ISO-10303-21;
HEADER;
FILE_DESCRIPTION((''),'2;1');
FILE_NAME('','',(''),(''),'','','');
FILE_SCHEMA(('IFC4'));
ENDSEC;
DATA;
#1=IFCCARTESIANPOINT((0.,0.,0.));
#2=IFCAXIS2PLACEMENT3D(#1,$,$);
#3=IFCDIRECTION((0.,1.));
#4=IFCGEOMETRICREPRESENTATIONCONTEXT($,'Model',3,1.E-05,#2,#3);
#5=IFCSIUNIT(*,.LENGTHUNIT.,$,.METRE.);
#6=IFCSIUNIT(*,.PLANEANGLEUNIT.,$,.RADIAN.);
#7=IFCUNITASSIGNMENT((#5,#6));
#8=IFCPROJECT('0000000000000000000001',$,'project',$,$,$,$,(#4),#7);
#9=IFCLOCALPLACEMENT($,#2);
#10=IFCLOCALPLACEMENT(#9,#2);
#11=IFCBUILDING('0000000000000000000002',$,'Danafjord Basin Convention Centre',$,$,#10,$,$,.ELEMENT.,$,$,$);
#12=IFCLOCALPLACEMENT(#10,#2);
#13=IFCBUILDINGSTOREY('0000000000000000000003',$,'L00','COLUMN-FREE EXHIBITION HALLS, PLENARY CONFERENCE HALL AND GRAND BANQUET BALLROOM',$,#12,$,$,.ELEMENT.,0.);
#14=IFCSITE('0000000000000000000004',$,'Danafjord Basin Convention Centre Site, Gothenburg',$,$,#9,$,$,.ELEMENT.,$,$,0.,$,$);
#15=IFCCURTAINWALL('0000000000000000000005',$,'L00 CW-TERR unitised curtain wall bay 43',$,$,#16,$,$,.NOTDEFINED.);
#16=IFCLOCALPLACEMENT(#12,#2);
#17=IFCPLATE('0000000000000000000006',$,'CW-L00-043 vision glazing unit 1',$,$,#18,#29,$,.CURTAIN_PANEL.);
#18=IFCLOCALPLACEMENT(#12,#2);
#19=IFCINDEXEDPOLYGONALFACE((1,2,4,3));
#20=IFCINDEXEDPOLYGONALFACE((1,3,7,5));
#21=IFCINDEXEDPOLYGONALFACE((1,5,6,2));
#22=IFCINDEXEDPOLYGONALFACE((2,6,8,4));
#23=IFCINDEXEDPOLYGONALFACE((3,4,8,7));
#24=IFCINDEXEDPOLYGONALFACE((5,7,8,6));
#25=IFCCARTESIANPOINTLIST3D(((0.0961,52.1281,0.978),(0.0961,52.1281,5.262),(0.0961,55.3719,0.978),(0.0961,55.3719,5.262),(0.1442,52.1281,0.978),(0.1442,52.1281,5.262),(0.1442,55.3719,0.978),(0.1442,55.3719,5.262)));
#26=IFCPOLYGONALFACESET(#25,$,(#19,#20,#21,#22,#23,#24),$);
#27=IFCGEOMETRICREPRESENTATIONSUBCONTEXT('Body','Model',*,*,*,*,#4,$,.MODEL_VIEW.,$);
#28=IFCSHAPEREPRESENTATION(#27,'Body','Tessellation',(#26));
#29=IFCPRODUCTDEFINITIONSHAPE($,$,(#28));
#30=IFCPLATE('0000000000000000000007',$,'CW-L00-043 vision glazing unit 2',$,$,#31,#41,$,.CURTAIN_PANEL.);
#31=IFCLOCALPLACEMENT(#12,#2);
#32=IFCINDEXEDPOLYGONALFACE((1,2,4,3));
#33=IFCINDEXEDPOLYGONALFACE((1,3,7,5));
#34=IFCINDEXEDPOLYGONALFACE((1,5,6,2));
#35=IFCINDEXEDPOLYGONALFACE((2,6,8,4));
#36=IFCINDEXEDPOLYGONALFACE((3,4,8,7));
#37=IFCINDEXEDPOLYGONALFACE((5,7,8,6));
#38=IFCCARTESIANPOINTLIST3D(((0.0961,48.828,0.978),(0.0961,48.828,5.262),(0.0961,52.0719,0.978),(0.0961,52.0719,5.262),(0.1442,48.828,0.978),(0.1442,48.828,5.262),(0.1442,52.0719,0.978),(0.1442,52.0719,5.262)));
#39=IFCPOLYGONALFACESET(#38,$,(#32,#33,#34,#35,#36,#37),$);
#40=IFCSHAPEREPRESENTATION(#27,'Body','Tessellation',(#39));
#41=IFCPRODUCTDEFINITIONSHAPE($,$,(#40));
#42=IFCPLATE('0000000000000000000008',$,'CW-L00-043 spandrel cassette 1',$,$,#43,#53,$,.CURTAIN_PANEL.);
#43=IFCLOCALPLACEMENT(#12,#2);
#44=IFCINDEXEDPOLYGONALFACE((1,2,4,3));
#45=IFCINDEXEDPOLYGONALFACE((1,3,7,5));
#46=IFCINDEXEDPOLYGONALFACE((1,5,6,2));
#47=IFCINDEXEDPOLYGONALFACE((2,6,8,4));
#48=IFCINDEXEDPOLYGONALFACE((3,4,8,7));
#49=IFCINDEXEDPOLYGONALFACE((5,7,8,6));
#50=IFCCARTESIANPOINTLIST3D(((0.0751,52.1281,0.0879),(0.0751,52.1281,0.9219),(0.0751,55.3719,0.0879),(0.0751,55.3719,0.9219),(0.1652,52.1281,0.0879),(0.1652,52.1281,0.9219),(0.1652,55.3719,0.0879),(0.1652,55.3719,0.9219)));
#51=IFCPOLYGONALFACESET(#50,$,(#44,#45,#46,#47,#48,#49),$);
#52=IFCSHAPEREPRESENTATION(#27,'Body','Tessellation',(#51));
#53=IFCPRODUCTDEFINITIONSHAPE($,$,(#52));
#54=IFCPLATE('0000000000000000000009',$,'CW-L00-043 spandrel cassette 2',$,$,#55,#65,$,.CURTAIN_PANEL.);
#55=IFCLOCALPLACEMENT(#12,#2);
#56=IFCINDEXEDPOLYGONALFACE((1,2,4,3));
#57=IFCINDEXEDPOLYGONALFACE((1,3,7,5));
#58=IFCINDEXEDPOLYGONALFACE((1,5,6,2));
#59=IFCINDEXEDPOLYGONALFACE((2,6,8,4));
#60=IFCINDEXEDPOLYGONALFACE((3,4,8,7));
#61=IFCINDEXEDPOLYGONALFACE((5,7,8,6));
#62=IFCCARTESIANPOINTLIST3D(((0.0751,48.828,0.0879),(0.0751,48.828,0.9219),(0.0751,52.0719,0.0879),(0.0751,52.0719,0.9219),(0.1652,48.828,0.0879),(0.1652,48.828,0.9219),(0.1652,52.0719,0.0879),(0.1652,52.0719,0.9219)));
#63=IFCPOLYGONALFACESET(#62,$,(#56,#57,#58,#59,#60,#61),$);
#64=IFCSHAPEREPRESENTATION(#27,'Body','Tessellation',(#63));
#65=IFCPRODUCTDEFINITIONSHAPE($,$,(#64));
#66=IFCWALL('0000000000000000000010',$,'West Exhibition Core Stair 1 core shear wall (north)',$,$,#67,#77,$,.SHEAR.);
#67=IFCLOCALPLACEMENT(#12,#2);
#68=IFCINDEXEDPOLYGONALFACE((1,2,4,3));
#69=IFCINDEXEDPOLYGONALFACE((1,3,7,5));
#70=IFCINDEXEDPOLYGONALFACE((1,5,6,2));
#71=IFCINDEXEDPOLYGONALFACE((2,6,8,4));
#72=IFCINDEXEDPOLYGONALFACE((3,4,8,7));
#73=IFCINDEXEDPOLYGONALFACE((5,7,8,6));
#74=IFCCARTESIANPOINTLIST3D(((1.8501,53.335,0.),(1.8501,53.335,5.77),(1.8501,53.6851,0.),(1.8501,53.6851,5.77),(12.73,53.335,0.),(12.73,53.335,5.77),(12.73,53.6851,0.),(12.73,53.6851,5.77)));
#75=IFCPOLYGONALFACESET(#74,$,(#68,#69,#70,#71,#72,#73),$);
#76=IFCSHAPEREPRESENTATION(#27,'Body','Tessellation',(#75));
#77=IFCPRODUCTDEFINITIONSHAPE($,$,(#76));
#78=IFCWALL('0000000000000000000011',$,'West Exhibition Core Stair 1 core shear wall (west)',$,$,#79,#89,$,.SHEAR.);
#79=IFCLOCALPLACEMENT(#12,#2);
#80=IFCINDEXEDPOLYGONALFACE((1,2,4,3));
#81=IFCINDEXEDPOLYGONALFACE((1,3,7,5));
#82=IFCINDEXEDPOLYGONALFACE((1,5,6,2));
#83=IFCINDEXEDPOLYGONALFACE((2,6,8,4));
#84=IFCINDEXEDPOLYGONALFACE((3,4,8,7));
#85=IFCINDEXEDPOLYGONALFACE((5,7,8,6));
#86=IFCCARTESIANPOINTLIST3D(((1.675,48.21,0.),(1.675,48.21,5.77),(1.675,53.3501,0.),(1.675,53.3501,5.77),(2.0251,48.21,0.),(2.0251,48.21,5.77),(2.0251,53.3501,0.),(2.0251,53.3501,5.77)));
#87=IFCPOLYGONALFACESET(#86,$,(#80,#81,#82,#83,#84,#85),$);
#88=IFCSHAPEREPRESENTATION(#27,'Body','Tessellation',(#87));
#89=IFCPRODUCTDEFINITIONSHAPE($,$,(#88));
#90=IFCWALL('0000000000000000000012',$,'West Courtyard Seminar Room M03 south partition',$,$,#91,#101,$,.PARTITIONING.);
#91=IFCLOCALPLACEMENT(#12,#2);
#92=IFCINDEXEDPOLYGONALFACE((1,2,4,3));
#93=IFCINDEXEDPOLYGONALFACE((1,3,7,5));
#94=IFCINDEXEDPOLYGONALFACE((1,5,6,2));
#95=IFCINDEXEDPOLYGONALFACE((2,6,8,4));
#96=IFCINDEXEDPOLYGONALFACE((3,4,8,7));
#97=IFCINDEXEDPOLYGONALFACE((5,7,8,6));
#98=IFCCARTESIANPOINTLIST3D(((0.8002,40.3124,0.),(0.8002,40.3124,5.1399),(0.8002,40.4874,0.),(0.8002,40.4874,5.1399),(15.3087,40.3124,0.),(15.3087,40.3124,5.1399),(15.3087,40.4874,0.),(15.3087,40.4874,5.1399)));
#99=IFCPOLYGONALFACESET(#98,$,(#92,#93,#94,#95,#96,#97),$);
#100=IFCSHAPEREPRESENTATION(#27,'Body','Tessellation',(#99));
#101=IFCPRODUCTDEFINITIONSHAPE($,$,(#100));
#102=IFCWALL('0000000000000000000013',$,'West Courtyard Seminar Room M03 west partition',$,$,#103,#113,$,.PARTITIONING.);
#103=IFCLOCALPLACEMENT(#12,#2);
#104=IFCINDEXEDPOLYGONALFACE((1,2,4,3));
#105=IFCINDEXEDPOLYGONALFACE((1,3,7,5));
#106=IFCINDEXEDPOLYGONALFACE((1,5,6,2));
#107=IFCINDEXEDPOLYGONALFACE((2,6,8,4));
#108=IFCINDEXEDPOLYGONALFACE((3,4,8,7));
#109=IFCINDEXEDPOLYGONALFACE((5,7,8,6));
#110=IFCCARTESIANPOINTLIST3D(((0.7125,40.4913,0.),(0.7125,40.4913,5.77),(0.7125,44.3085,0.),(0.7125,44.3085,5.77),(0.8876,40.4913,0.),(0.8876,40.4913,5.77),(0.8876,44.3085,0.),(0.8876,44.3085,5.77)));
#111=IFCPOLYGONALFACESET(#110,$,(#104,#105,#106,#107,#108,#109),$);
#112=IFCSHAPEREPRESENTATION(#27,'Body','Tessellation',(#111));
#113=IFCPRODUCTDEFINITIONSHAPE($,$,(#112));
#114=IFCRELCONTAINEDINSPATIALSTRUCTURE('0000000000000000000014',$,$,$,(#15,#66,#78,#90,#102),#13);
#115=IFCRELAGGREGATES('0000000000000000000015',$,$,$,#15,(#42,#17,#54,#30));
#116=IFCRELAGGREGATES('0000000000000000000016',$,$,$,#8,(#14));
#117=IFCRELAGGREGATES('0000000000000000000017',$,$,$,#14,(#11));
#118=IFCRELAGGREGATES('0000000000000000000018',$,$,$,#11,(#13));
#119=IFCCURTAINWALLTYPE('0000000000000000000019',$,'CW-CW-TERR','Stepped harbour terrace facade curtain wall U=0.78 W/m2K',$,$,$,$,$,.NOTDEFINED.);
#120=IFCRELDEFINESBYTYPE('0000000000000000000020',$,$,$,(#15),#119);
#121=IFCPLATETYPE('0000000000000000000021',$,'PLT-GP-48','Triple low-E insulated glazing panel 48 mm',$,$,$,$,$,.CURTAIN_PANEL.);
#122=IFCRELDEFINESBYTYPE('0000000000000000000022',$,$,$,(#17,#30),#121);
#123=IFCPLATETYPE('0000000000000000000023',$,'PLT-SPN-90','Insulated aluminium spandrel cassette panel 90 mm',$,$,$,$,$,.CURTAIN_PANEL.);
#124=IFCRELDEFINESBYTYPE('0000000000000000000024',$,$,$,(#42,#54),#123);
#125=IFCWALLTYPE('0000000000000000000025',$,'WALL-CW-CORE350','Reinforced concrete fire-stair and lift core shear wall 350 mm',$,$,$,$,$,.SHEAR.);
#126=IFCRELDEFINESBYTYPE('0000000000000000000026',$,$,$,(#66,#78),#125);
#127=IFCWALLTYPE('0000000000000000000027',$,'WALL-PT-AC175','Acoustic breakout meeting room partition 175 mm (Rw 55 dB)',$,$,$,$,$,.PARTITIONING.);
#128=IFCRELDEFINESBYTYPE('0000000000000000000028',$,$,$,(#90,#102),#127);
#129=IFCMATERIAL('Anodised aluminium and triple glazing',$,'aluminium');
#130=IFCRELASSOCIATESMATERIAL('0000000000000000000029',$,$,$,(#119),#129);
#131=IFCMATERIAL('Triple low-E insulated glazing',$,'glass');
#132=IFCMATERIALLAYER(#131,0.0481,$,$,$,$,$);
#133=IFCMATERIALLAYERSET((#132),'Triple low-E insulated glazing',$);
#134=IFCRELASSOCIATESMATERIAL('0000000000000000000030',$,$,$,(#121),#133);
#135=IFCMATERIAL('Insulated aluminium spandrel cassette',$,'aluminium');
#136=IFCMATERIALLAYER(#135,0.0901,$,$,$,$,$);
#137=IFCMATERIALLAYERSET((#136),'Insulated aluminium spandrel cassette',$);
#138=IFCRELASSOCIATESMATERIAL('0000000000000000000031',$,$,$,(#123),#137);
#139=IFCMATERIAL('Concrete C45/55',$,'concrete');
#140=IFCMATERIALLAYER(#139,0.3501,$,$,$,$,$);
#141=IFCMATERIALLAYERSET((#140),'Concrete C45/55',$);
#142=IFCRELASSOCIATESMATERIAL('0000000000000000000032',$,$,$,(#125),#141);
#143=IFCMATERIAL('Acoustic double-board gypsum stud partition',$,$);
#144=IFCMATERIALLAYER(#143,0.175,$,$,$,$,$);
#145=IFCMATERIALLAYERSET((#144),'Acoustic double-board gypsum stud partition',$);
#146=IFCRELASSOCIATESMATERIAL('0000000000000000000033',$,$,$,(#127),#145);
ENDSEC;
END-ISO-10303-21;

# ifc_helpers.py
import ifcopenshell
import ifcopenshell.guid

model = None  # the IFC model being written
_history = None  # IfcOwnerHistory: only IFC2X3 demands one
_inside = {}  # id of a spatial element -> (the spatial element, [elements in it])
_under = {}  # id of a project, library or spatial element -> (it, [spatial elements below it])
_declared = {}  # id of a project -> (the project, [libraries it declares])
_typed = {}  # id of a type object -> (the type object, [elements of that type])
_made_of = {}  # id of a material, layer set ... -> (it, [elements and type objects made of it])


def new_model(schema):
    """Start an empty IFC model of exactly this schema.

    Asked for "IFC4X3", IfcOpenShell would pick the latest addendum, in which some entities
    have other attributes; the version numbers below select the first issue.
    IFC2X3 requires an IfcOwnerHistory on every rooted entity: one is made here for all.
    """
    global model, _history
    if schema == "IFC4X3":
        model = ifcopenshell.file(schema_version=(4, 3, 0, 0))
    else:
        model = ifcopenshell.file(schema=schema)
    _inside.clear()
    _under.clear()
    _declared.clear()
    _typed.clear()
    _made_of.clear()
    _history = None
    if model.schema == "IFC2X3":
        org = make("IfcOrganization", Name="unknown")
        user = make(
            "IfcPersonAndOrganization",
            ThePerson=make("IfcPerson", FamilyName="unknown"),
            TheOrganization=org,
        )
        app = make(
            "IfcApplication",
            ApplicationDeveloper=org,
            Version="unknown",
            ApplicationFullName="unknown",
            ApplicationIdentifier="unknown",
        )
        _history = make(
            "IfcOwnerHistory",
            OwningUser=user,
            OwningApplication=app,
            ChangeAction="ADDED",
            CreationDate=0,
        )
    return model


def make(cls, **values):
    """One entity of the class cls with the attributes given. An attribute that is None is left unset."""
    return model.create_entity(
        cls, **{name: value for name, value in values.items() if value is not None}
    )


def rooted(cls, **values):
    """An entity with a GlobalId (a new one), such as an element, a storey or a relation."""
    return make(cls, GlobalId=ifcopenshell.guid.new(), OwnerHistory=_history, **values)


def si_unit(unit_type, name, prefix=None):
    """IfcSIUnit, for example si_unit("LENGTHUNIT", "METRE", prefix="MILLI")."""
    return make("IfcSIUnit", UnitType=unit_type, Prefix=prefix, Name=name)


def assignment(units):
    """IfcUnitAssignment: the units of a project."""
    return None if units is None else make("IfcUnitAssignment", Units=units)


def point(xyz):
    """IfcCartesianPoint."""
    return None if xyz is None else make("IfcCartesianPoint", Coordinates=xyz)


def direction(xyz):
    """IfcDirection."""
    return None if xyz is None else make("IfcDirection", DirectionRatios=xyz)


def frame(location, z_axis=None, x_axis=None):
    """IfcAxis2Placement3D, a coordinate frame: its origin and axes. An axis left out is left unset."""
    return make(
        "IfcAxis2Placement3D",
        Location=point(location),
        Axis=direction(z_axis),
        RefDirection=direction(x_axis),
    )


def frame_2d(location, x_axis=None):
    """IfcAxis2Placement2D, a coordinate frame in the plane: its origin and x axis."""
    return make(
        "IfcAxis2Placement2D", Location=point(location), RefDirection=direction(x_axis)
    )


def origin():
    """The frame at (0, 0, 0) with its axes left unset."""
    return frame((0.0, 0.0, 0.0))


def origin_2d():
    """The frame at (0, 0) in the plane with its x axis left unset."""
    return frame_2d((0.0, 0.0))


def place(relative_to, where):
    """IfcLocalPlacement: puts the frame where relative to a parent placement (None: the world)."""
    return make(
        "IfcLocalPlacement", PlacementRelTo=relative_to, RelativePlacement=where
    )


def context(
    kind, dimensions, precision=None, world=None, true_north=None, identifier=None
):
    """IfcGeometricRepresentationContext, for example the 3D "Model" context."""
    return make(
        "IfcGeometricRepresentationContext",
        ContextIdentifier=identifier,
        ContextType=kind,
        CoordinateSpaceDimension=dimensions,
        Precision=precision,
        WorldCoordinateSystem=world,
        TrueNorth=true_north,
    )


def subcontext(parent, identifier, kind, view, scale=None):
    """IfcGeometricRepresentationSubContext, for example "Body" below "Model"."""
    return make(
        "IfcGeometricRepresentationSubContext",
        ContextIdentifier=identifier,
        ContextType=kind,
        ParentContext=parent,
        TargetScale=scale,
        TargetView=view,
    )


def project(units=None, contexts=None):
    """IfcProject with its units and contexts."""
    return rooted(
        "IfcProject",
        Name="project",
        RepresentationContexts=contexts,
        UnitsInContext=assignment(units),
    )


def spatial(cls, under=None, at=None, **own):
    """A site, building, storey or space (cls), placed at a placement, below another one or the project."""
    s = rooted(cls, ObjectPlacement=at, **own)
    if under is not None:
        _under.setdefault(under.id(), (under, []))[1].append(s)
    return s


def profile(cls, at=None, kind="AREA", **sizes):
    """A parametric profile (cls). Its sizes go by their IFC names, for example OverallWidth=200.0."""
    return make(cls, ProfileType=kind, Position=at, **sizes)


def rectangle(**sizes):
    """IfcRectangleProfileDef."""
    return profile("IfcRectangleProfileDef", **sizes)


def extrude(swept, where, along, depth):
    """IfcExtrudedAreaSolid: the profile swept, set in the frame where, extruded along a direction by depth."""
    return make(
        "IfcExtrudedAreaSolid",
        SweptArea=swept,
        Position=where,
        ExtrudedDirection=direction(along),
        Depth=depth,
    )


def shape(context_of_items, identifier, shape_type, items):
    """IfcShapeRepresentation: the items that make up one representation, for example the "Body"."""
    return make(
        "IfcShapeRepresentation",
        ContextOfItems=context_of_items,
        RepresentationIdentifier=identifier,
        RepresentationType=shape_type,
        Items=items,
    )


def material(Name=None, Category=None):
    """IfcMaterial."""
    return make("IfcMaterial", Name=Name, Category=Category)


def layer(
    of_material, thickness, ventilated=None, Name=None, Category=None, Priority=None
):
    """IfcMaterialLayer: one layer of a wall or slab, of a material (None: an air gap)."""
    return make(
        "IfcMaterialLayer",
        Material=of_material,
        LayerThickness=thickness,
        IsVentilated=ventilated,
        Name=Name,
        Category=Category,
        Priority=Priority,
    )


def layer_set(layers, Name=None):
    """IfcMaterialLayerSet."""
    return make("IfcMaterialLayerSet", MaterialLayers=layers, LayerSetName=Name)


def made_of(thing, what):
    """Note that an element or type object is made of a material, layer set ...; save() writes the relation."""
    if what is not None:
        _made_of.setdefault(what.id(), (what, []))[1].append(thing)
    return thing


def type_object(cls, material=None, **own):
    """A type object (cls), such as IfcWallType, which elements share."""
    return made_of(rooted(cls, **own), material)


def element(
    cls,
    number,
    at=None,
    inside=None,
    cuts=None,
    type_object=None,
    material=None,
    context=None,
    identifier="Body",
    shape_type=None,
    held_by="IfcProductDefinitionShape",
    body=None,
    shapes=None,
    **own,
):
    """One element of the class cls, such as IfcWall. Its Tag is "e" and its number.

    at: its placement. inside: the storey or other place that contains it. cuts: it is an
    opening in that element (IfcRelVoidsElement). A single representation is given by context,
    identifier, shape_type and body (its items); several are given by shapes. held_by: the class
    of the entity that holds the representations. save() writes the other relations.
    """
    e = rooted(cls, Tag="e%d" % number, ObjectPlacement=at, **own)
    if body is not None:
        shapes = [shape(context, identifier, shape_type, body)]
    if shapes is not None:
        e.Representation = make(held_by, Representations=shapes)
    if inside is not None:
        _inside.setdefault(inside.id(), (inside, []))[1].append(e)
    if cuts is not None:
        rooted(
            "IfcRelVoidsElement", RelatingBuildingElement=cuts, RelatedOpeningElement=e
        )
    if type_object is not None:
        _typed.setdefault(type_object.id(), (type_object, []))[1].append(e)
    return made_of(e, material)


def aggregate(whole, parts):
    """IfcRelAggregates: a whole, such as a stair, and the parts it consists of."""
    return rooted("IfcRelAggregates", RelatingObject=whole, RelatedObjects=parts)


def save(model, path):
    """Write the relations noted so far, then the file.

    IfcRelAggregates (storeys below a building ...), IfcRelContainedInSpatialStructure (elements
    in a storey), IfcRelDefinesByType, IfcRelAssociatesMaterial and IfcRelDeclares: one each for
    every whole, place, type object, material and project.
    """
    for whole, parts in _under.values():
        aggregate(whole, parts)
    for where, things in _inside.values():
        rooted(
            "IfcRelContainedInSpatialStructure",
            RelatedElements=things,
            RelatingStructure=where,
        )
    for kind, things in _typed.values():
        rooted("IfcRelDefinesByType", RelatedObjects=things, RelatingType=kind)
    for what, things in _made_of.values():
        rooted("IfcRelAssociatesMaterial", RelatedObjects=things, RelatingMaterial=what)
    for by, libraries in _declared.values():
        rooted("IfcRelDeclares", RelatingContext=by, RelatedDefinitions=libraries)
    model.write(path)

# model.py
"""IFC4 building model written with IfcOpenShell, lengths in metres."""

from ifc_helpers import new_model, si_unit, direction, frame, frame_2d, origin, origin_2d, place, context, subcontext, project, spatial, rectangle, extrude, material, layer, layer_set, type_object, element, aggregate, save


model = new_model("IFC4")

# Units and contexts
model_context = context("Model", 3, precision=1e-05, world=origin(), true_north=direction((0.0, 1.0)))
body_context = subcontext(model_context, "Body", "Model", "MODEL_VIEW")
ifc_project = project(units=[si_unit("LENGTHUNIT", "METRE"), si_unit("PLANEANGLEUNIT", "RADIAN")], contexts=[model_context])

# Site, building, storey
site_placement = place(None, origin())
site = spatial("IfcSite", under=ifc_project, at=site_placement, Name="Danafjord Basin Convention Centre Site, Gothenburg", CompositionType="ELEMENT", RefElevation=0.0)
building_placement = place(site_placement, origin())
building = spatial("IfcBuilding", under=site, at=building_placement, Name="Danafjord Basin Convention Centre", CompositionType="ELEMENT")
storey_placement = place(building_placement, origin())
storey = spatial("IfcBuildingStorey", under=building, at=storey_placement, Name="L00", Description="COLUMN-FREE EXHIBITION HALLS, PLENARY CONFERENCE HALL AND GRAND BANQUET BALLROOM", CompositionType="ELEMENT", Elevation=0.0)

# Curtain wall, plates
ifc_material_1 = material(Name="Anodised aluminium and triple glazing", Category="aluminium")
curtain_wall_type = type_object("IfcCurtainWallType", Name="CW-CW-TERR", Description="Stepped harbour terrace facade curtain wall U=0.78 W/m2K", PredefinedType="NOTDEFINED", material=ifc_material_1)
curtain_wall_placement = place(storey_placement, origin())
curtain_wall = element("IfcCurtainWall", 1, at=curtain_wall_placement, inside=storey, type_object=curtain_wall_type, Name="L00 CW-TERR unitised curtain wall bay 43", PredefinedType="NOTDEFINED")
ifc_material_2 = material(Name="Triple low-E insulated glazing", Category="glass")
ifc_layer_1 = layer(ifc_material_2, 0.0481)
ifc_layer_set_1 = layer_set([ifc_layer_1], Name="Triple low-E insulated glazing")
plate_type_1 = type_object("IfcPlateType", Name="PLT-GP-48", Description="Triple low-E insulated glazing panel 48 mm", PredefinedType="CURTAIN_PANEL", material=ifc_layer_set_1)
plate_1_placement = place(storey_placement, frame((0.1201, 53.75, 0.978), z_axis=(0.0, 0.0, 1.0), x_axis=(0.0, -1.0, 0.0)))
plate_1 = element("IfcPlate", 2, at=plate_1_placement, type_object=plate_type_1, Name="CW-L00-043 vision glazing unit 1", PredefinedType="CURTAIN_PANEL", context=body_context, shape_type="SweptSolid", body=[
    extrude(rectangle(XDim=3.2439, YDim=0.0481, at=origin_2d()), origin(), (0.0, 0.0, 1.0), 4.2839),
])
plate_2_placement = place(storey_placement, frame((0.1201, 50.45, 0.978), z_axis=(0.0, 0.0, 1.0), x_axis=(0.0, -1.0, 0.0)))
plate_2 = element("IfcPlate", 3, at=plate_2_placement, type_object=plate_type_1, Name="CW-L00-043 vision glazing unit 2", PredefinedType="CURTAIN_PANEL", context=body_context, shape_type="SweptSolid", body=[
    extrude(rectangle(XDim=3.2439, YDim=0.0481, at=origin_2d()), origin(), (0.0, 0.0, 1.0), 4.2839),
])
ifc_material_3 = material(Name="Insulated aluminium spandrel cassette", Category="aluminium")
ifc_layer_2 = layer(ifc_material_3, 0.0901)
ifc_layer_set_2 = layer_set([ifc_layer_2], Name="Insulated aluminium spandrel cassette")
plate_type_2 = type_object("IfcPlateType", Name="PLT-SPN-90", Description="Insulated aluminium spandrel cassette panel 90 mm", PredefinedType="CURTAIN_PANEL", material=ifc_layer_set_2)
plate_3_placement = place(storey_placement, frame((0.1201, 53.75, 0.0879), z_axis=(0.0, 0.0, 1.0), x_axis=(0.0, -1.0, 0.0)))
plate_3 = element("IfcPlate", 4, at=plate_3_placement, type_object=plate_type_2, Name="CW-L00-043 spandrel cassette 1", PredefinedType="CURTAIN_PANEL", context=body_context, shape_type="SweptSolid", body=[
    extrude(rectangle(XDim=3.2439, YDim=0.0901, at=origin_2d()), origin(), (0.0, 0.0, 1.0), 0.834),
])
plate_4_placement = place(storey_placement, frame((0.1201, 50.45, 0.0879), z_axis=(0.0, 0.0, 1.0), x_axis=(0.0, -1.0, 0.0)))
plate_4 = element("IfcPlate", 5, at=plate_4_placement, type_object=plate_type_2, Name="CW-L00-043 spandrel cassette 2", PredefinedType="CURTAIN_PANEL", context=body_context, shape_type="SweptSolid", body=[
    extrude(rectangle(XDim=3.2439, YDim=0.0901, at=origin_2d()), origin(), (0.0, 0.0, 1.0), 0.834),
])
aggregate(curtain_wall, [plate_3, plate_1, plate_4, plate_2])

# Walls
ifc_material_4 = material(Name="Concrete C45/55", Category="concrete")
ifc_layer_3 = layer(ifc_material_4, 0.3501)
ifc_layer_set_3 = layer_set([ifc_layer_3], Name="Concrete C45/55")
wall_type_1 = type_object("IfcWallType", Name="WALL-CW-CORE350", Description="Reinforced concrete fire-stair and lift core shear wall 350 mm", PredefinedType="SHEAR", material=ifc_layer_set_3)
wall_1_placement = place(storey_placement, frame((1.8501, 53.51, 0.0), z_axis=(0.0, 0.0, 1.0), x_axis=(1.0, 0.0, 0.0)))
element("IfcWall", 6, at=wall_1_placement, inside=storey, type_object=wall_type_1, Name="West Exhibition Core Stair 1 core shear wall (north)", PredefinedType="SHEAR", context=body_context, shape_type="SweptSolid", body=[
    extrude(rectangle(XDim=10.8799, YDim=0.3501, at=frame_2d((5.4399, 0.0))), origin(), (0.0, 0.0, 1.0), 5.77),
])
wall_2_placement = place(storey_placement, frame((1.8501, 48.21, 0.0), z_axis=(0.0, 0.0, 1.0), x_axis=(0.0, 1.0, 0.0)))
element("IfcWall", 7, at=wall_2_placement, inside=storey, type_object=wall_type_1, Name="West Exhibition Core Stair 1 core shear wall (west)", PredefinedType="SHEAR", context=body_context, shape_type="SweptSolid", body=[
    extrude(rectangle(XDim=5.1401, YDim=0.3501, at=frame_2d((2.5701, 0.0))), origin(), (0.0, 0.0, 1.0), 5.77),
])
ifc_material_5 = material(Name="Acoustic double-board gypsum stud partition")
ifc_layer_4 = layer(ifc_material_5, 0.175)
ifc_layer_set_4 = layer_set([ifc_layer_4], Name="Acoustic double-board gypsum stud partition")
wall_type_2 = type_object("IfcWallType", Name="WALL-PT-AC175", Description="Acoustic breakout meeting room partition 175 mm (Rw 55 dB)", PredefinedType="PARTITIONING", material=ifc_layer_set_4)
wall_3_placement = place(storey_placement, frame((0.8, 40.3999, 0.0), z_axis=(0.0, 0.0, 1.0), x_axis=(1.0, 0.0, 0.0)))
element("IfcWall", 8, at=wall_3_placement, inside=storey, type_object=wall_type_2, Name="West Courtyard Seminar Room M03 south partition", PredefinedType="PARTITIONING", context=body_context, shape_type="SweptSolid", body=[
    extrude(rectangle(XDim=14.5085, YDim=0.175, at=frame_2d((7.2544, 0.0))), origin(), (0.0, 0.0, 1.0), 5.1399),
])
wall_4_placement = place(storey_placement, frame((0.8, 44.3086, 0.0), z_axis=(0.0, 0.0, 1.0), x_axis=(0.0, -1.0, 0.0)))
element("IfcWall", 9, at=wall_4_placement, inside=storey, type_object=wall_type_2, Name="West Courtyard Seminar Room M03 west partition", PredefinedType="PARTITIONING", context=body_context, shape_type="SweptSolid", body=[
    extrude(rectangle(XDim=3.8171, YDim=0.175, at=frame_2d((1.9087, 0.0))), origin(), (0.0, 0.0, 1.0), 5.77),
])

save(model, "model.ifc")
